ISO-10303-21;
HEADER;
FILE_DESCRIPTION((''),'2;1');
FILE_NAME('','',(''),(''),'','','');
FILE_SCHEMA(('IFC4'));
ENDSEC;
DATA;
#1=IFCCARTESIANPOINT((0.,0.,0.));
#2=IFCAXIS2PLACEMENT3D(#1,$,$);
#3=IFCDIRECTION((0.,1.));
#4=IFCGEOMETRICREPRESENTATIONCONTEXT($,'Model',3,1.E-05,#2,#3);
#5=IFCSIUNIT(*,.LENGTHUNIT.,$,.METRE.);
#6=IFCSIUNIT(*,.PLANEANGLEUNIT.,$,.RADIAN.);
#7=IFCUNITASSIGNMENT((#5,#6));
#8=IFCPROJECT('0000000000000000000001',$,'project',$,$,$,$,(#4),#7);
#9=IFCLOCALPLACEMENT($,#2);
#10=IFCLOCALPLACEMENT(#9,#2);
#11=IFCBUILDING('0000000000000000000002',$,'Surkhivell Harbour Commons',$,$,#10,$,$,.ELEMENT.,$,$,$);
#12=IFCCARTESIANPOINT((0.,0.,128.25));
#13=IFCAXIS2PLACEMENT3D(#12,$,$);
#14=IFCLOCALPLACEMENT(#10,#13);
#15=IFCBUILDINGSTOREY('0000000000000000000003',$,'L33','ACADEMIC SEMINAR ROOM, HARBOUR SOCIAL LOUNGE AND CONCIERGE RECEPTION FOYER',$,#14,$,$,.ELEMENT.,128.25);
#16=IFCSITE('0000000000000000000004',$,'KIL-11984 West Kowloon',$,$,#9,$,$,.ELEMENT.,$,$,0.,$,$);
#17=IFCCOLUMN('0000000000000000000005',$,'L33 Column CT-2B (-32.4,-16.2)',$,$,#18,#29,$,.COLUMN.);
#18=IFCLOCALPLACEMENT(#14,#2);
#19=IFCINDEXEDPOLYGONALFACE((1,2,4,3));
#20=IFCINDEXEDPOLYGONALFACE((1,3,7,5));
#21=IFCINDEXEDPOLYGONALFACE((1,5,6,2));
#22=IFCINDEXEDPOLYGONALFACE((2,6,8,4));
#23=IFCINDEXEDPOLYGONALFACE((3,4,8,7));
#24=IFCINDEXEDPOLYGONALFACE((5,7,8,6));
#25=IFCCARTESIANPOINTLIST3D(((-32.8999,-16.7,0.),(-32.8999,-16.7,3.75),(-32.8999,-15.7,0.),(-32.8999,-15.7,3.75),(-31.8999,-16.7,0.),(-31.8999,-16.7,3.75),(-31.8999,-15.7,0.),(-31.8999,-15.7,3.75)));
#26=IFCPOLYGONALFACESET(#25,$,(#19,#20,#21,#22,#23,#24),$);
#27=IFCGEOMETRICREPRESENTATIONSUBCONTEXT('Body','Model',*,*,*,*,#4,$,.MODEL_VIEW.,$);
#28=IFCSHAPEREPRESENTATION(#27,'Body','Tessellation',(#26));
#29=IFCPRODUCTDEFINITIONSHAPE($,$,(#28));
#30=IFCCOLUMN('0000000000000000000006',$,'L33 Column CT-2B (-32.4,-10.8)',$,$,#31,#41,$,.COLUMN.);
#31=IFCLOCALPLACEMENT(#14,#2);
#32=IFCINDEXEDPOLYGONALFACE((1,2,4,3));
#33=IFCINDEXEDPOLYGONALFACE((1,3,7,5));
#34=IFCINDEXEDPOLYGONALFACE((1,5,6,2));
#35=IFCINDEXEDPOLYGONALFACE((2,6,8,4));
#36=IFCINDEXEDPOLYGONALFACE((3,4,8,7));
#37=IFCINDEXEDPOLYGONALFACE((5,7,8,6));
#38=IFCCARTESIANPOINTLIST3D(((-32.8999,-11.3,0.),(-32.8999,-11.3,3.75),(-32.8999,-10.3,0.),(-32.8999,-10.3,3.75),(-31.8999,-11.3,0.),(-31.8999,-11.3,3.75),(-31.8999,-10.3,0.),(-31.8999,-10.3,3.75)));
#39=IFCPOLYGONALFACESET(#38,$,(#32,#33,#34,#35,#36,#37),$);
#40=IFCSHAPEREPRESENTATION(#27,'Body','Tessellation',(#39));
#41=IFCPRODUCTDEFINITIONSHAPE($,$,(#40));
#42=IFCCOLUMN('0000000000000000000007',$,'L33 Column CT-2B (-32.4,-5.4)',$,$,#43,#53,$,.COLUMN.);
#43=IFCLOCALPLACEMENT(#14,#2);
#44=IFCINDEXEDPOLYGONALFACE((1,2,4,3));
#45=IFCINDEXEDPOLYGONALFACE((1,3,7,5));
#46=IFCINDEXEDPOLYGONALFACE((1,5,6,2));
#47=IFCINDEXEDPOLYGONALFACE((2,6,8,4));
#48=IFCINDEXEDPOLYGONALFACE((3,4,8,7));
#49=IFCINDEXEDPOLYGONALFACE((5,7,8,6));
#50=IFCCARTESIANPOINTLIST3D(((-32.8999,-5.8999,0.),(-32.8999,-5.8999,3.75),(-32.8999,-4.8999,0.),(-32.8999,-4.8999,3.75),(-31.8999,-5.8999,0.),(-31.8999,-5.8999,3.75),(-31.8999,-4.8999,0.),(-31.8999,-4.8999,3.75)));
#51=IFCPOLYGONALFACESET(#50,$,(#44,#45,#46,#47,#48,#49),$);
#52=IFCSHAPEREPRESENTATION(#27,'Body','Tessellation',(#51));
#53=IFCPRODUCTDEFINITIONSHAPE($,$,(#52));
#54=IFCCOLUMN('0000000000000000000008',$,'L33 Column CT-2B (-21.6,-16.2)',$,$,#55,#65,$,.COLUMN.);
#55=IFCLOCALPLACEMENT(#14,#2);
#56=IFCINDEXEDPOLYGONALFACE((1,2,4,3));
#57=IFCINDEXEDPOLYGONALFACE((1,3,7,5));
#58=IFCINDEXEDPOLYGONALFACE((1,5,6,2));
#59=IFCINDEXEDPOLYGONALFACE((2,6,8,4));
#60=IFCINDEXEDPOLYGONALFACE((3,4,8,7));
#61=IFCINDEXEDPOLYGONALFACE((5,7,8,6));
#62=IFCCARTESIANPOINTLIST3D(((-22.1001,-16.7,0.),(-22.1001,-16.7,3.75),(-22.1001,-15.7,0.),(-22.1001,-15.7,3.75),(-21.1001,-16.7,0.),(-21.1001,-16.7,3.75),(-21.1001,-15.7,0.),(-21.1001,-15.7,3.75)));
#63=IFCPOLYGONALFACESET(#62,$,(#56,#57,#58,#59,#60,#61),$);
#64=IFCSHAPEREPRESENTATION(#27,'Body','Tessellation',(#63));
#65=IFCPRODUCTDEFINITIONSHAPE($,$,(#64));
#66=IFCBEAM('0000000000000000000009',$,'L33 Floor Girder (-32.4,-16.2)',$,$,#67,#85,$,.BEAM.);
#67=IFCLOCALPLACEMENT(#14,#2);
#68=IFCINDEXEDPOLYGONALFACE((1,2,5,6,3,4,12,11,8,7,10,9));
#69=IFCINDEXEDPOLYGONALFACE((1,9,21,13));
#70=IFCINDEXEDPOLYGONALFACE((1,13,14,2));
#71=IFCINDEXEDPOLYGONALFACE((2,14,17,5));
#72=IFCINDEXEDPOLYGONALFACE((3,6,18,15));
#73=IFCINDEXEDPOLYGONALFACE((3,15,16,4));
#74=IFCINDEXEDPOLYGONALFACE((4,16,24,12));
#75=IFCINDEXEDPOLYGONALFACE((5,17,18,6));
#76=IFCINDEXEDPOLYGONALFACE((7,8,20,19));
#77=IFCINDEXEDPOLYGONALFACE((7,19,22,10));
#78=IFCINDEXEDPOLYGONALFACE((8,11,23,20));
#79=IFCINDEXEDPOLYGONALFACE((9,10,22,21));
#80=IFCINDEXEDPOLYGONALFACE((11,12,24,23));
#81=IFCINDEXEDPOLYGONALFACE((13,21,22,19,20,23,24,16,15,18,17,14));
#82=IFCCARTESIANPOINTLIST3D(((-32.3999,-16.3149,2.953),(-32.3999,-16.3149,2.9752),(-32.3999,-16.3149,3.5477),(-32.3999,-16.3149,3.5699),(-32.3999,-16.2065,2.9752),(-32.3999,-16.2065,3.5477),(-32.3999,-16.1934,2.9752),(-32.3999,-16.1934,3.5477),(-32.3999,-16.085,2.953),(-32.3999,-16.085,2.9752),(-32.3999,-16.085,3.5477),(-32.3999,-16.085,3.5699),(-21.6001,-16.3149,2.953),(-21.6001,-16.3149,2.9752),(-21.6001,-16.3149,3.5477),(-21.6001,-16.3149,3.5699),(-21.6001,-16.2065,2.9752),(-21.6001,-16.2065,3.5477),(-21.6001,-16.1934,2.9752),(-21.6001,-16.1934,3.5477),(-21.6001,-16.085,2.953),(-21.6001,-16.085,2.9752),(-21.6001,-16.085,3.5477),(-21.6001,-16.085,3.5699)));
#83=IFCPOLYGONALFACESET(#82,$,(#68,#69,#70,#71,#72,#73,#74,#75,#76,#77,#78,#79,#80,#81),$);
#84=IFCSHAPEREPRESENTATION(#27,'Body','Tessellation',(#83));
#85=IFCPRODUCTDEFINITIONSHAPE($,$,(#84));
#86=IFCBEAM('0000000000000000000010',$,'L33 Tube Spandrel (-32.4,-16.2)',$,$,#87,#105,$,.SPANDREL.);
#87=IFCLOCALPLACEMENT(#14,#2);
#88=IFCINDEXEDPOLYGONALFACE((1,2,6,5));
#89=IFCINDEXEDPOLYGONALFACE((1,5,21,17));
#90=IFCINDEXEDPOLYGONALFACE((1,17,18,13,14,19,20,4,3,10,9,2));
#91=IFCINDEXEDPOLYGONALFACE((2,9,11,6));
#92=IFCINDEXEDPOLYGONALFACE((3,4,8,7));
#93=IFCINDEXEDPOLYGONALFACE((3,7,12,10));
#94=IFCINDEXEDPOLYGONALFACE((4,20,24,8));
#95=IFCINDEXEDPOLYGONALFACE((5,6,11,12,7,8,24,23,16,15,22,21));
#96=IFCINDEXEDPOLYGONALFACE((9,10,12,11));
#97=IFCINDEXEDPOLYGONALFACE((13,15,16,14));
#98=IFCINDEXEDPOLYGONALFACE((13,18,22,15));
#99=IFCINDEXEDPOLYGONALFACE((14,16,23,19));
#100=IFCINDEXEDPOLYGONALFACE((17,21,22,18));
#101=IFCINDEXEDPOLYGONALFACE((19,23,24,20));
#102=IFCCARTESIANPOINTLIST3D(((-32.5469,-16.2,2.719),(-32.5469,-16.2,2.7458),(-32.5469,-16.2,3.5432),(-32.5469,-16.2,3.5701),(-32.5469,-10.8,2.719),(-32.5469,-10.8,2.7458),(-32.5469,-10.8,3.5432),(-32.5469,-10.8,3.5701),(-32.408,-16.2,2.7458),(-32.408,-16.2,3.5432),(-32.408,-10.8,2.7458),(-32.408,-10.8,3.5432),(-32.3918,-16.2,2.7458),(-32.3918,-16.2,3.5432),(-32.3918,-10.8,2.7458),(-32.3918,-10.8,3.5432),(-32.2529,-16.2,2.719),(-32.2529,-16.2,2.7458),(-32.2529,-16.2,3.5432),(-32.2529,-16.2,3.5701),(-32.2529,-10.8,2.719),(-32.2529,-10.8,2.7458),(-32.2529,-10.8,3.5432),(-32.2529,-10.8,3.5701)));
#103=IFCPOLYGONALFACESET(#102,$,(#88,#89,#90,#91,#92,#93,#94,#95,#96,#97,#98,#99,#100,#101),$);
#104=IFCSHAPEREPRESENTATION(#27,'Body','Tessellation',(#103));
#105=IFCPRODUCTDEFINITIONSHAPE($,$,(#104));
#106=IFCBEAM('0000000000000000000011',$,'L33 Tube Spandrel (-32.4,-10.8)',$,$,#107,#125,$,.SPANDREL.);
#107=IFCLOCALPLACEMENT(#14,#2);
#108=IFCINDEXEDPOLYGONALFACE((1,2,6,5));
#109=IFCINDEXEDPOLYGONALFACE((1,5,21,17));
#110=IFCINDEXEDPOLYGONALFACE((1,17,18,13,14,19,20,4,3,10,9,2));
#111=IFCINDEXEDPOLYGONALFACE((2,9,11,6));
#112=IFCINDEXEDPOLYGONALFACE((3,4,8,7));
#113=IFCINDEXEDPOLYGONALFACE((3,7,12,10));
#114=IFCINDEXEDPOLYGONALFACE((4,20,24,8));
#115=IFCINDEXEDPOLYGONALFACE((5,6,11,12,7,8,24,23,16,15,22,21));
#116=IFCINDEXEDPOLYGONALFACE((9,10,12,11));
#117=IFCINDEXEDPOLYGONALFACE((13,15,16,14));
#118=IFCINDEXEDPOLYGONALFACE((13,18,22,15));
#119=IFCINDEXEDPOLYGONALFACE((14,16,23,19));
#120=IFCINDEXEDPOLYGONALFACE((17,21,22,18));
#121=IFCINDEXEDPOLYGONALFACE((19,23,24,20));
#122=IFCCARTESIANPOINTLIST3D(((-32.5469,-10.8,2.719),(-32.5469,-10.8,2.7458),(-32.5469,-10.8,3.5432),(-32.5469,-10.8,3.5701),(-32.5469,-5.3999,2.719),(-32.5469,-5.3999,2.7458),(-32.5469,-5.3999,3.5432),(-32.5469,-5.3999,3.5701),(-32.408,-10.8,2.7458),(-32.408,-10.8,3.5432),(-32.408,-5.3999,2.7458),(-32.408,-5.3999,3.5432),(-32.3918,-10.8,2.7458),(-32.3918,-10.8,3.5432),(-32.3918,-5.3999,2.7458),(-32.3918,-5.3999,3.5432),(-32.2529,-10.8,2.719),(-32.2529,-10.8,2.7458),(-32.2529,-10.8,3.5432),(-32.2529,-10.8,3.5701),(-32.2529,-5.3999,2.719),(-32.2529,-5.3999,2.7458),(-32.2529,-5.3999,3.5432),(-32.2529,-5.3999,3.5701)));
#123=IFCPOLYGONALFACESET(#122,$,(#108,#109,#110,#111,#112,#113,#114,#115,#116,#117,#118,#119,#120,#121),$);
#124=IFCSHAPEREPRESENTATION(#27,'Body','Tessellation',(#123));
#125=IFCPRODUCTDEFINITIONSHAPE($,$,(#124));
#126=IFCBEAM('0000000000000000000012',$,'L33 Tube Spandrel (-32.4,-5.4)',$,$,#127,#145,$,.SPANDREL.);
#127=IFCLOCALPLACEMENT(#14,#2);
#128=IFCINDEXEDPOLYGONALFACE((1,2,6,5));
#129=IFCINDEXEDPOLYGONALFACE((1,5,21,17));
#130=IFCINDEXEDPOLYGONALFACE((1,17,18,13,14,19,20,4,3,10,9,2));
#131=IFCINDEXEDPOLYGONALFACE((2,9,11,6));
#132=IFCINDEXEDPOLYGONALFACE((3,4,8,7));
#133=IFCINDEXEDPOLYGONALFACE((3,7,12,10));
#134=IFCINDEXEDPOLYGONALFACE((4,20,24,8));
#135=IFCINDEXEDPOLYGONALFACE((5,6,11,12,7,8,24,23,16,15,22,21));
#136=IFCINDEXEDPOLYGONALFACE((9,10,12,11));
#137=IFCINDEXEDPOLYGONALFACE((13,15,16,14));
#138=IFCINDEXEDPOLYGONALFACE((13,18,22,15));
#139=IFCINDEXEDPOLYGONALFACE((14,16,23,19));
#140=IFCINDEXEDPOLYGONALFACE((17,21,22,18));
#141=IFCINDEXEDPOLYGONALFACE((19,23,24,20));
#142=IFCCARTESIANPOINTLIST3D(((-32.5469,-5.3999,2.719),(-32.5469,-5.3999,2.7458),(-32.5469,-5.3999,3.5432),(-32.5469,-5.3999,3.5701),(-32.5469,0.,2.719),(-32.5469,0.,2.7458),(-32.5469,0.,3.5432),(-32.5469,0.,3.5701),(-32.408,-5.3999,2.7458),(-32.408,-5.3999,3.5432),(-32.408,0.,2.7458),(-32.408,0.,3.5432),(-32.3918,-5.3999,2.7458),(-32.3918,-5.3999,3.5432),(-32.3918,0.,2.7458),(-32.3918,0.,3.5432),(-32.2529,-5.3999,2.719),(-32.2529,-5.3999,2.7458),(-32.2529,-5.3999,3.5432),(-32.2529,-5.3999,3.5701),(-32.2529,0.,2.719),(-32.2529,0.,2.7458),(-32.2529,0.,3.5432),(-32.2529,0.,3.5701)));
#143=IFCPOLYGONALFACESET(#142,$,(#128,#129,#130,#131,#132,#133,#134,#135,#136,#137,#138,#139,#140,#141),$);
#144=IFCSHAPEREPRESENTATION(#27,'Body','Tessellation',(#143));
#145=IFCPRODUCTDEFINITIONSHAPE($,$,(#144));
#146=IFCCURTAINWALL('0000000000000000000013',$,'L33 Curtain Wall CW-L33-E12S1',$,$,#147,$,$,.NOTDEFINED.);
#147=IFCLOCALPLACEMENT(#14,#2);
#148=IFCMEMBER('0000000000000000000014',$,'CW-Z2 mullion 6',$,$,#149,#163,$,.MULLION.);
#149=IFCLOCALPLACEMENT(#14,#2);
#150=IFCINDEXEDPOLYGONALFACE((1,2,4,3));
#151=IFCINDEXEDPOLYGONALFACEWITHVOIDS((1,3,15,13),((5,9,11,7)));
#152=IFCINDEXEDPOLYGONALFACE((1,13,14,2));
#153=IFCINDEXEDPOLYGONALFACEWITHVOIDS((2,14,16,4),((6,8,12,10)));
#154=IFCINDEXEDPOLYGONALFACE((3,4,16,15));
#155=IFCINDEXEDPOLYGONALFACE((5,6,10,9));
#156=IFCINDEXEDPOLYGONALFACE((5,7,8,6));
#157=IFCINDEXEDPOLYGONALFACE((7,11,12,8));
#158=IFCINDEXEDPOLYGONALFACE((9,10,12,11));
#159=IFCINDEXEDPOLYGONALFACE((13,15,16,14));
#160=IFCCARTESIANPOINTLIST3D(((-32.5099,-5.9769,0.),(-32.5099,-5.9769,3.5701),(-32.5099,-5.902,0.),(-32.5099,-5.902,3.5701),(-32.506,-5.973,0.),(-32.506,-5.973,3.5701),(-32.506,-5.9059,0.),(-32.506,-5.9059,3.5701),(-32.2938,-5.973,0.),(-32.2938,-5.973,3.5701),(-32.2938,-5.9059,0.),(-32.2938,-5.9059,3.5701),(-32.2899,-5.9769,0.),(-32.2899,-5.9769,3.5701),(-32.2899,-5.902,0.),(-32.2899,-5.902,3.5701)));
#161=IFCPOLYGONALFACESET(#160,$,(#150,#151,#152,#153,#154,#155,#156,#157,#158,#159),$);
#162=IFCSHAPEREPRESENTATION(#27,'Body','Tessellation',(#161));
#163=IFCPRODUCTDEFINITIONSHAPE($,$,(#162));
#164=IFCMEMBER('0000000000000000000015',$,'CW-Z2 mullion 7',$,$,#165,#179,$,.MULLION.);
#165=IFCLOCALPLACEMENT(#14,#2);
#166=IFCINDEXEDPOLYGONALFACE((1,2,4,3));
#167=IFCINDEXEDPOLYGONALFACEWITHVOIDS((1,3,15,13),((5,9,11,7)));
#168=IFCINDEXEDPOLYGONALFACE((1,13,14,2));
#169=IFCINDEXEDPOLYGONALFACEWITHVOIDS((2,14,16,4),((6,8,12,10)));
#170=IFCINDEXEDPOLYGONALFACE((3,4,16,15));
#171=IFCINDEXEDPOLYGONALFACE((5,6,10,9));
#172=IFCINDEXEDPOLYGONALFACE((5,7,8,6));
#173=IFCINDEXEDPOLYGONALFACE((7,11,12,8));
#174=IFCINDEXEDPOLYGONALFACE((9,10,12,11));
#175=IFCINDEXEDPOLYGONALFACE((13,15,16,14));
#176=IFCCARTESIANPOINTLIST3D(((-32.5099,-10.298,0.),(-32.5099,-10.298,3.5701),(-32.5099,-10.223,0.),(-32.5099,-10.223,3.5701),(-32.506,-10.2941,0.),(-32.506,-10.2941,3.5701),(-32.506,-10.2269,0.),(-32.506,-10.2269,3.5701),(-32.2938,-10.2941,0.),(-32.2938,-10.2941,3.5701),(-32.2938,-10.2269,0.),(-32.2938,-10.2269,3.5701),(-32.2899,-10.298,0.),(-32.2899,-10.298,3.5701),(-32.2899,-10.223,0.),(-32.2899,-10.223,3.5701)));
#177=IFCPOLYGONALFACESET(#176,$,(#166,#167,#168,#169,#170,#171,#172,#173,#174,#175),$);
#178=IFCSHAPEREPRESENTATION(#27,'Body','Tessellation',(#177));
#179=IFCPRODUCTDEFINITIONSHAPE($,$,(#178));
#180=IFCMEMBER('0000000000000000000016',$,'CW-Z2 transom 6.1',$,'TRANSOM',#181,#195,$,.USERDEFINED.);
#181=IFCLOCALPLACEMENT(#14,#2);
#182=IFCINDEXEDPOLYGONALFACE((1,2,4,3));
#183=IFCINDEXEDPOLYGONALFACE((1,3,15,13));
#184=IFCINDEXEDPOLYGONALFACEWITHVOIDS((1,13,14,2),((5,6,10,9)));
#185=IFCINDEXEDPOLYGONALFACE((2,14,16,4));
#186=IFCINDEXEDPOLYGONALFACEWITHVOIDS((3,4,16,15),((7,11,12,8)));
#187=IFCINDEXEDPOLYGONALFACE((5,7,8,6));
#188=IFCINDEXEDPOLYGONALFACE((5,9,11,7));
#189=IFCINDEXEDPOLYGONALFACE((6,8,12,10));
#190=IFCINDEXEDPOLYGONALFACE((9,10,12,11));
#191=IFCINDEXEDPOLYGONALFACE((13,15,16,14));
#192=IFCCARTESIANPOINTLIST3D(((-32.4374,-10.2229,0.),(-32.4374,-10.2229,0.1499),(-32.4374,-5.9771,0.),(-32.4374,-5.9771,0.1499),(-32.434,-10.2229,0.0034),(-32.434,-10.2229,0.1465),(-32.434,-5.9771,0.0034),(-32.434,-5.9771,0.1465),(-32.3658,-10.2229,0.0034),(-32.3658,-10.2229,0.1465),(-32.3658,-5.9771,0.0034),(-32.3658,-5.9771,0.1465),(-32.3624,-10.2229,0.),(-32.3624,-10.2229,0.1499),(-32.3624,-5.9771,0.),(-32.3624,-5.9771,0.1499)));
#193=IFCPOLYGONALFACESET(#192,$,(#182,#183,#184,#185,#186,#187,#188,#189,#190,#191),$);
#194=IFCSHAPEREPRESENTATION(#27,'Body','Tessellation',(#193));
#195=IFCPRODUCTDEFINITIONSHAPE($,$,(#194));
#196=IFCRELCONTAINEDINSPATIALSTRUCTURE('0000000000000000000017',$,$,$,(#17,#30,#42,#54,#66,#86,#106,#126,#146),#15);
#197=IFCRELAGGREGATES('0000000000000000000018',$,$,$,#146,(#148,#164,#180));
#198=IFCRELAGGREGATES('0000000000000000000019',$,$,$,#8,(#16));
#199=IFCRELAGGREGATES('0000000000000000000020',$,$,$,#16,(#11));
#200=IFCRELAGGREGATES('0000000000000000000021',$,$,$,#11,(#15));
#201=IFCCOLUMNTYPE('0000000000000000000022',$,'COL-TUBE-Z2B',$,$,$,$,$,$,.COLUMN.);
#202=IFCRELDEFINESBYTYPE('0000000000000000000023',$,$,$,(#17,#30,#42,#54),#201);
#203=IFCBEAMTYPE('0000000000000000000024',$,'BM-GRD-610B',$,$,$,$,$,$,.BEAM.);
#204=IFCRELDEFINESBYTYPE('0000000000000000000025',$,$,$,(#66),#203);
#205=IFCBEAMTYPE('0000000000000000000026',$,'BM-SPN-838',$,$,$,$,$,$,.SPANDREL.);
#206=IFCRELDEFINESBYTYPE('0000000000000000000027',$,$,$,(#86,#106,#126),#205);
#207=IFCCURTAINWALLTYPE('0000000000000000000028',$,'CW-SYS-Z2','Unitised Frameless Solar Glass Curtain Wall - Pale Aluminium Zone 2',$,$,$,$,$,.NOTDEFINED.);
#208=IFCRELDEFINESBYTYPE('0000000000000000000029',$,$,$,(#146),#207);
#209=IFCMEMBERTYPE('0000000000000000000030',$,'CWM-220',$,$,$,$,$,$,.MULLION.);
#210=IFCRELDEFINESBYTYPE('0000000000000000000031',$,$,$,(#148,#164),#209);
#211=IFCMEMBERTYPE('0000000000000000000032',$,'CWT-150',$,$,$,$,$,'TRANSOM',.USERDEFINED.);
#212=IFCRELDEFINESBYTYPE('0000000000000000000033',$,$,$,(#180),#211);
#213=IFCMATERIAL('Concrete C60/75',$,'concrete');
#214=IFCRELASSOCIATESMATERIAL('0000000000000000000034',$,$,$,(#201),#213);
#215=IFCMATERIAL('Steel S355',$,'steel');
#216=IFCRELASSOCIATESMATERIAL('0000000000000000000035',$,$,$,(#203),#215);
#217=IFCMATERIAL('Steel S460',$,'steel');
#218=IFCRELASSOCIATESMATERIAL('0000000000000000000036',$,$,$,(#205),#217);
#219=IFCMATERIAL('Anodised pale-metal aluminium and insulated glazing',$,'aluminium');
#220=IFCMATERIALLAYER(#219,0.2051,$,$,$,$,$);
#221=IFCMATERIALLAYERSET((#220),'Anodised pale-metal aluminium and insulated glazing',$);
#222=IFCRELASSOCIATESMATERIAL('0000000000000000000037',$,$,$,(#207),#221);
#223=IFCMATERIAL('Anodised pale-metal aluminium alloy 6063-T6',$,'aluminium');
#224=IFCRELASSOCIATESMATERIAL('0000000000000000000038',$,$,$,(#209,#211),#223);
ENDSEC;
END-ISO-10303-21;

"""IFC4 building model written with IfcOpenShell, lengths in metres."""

from ifc_helpers import new_model, si_unit, direction, frame, origin, origin_2d, place, context, subcontext, project, spatial, rectangle, hollow_rectangle, i_section, extrude, material, layer, layer_set, material_profile, profile_set, type_object, element, aggregate, save


model = new_model("IFC4")

# Units and contexts
model_context = context("Model", 3, precision=1e-05, world=origin(), true_north=direction((0.0, 1.0)))
body_context = subcontext(model_context, "Body", "Model", "MODEL_VIEW")
ifc_project = project(units=[si_unit("LENGTHUNIT", "METRE"), si_unit("PLANEANGLEUNIT", "RADIAN")], contexts=[model_context])

# Site, building, storey
site_placement = place(None, origin())
site = spatial("IfcSite", under=ifc_project, at=site_placement, Name="KIL-11984 West Kowloon", CompositionType="ELEMENT", RefElevation=0.0)
building_placement = place(site_placement, origin())
building = spatial("IfcBuilding", under=site, at=building_placement, Name="Surkhivell Harbour Commons", CompositionType="ELEMENT")
storey_placement = place(building_placement, frame((0.0, 0.0, 128.25)))
storey = spatial("IfcBuildingStorey", under=building, at=storey_placement, Name="L33", Description="ACADEMIC SEMINAR ROOM, HARBOUR SOCIAL LOUNGE AND CONCIERGE RECEPTION FOYER", CompositionType="ELEMENT", Elevation=128.25)

# Columns
ifc_material_1 = material(Name="Concrete C60/75", Category="concrete")
ifc_material_profile_1 = material_profile(ifc_material_1, rectangle(XDim=1.0, YDim=1.0, at=origin_2d()), Name="RC-COL-1000x1000")
ifc_profile_set_1 = profile_set([ifc_material_profile_1], Name="Concrete C60/75")
column_type = type_object("IfcColumnType", Name="COL-TUBE-Z2B", PredefinedType="COLUMN", material=ifc_profile_set_1)
for number, where, z_axis, x_axis, name in (
    (1, (-32.3999, -16.2, 0.0), (0.0, 0.0, 1.0), (1.0, 0.0, 0.0), "L33 Column CT-2B (-32.4,-16.2)"),
    (2, (-32.3999, -10.8, 0.0), (0.0, 0.0, 1.0), (1.0, 0.0, 0.0), "L33 Column CT-2B (-32.4,-10.8)"),
    (3, (-32.3999, -5.3999, 0.0), (0.0, 0.0, 1.0), (1.0, 0.0, 0.0), "L33 Column CT-2B (-32.4,-5.4)"),
    (4, (-21.6001, -16.2, 0.0), (0.0, 0.0, 1.0), (1.0, 0.0, 0.0), "L33 Column CT-2B (-21.6,-16.2)"),
):
    element("IfcColumn", number, at=place(storey_placement, frame(where, z_axis=z_axis, x_axis=x_axis)), inside=storey, type_object=column_type, Name=name, PredefinedType="COLUMN", context=body_context, shape_type="SweptSolid", body=[
        extrude(rectangle(XDim=1.0, YDim=1.0, at=origin_2d()), origin(), (0.0, 0.0, 1.0), 3.75),
    ])

# Beams
ifc_material_2 = material(Name="Steel S355", Category="steel")
ifc_material_profile_2 = material_profile(ifc_material_2, i_section(OverallWidth=0.23, OverallDepth=0.6169, WebThickness=0.0132, FlangeThickness=0.0222, at=origin_2d()), Name="UB610x229x140")
ifc_profile_set_2 = profile_set([ifc_material_profile_2], Name="Steel S355")
beam_type_1 = type_object("IfcBeamType", Name="BM-GRD-610B", PredefinedType="BEAM", material=ifc_profile_set_2)
beam_1_placement = place(storey_placement, frame((-32.3999, -16.2, 3.2615), z_axis=(1.0, 0.0, 0.0), x_axis=(0.0, 1.0, 0.0)))
element("IfcBeam", 5, at=beam_1_placement, inside=storey, type_object=beam_type_1, Name="L33 Floor Girder (-32.4,-16.2)", PredefinedType="BEAM", context=body_context, shape_type="SweptSolid", body=[
    extrude(i_section(OverallWidth=0.23, OverallDepth=0.6169, WebThickness=0.0132, FlangeThickness=0.0222, at=origin_2d()), origin(), (0.0, 0.0, 1.0), 10.7998),
])
ifc_material_3 = material(Name="Steel S460", Category="steel")
ifc_material_profile_3 = material_profile(ifc_material_3, i_section(OverallWidth=0.2939, OverallDepth=0.8511, WebThickness=0.0161, FlangeThickness=0.0269, at=origin_2d()), Name="UB838x292x226")
ifc_profile_set_3 = profile_set([ifc_material_profile_3], Name="Steel S460")
beam_type_2 = type_object("IfcBeamType", Name="BM-SPN-838", PredefinedType="SPANDREL", material=ifc_profile_set_3)
beam_2_placement = place(storey_placement, frame((-32.3999, -16.2, 3.1445), z_axis=(0.0, 1.0, 0.0), x_axis=(-1.0, 0.0, 0.0)))
element("IfcBeam", 6, at=beam_2_placement, inside=storey, type_object=beam_type_2, Name="L33 Tube Spandrel (-32.4,-16.2)", PredefinedType="SPANDREL", context=body_context, shape_type="SweptSolid", body=[
    extrude(i_section(OverallWidth=0.2939, OverallDepth=0.8511, WebThickness=0.0161, FlangeThickness=0.0269, at=origin_2d()), origin(), (0.0, 0.0, 1.0), 5.3999),
])
beam_3_placement = place(storey_placement, frame((-32.3999, -10.8, 3.1445), z_axis=(0.0, 1.0, 0.0), x_axis=(-1.0, 0.0, 0.0)))
element("IfcBeam", 7, at=beam_3_placement, inside=storey, type_object=beam_type_2, Name="L33 Tube Spandrel (-32.4,-10.8)", PredefinedType="SPANDREL", context=body_context, shape_type="SweptSolid", body=[
    extrude(i_section(OverallWidth=0.2939, OverallDepth=0.8511, WebThickness=0.0161, FlangeThickness=0.0269, at=origin_2d()), origin(), (0.0, 0.0, 1.0), 5.4001),
])
beam_4_placement = place(storey_placement, frame((-32.3999, -5.3999, 3.1445), z_axis=(0.0, 1.0, 0.0), x_axis=(-1.0, 0.0, 0.0)))
element("IfcBeam", 8, at=beam_4_placement, inside=storey, type_object=beam_type_2, Name="L33 Tube Spandrel (-32.4,-5.4)", PredefinedType="SPANDREL", context=body_context, shape_type="SweptSolid", body=[
    extrude(i_section(OverallWidth=0.2939, OverallDepth=0.8511, WebThickness=0.0161, FlangeThickness=0.0269, at=origin_2d()), origin(), (0.0, 0.0, 1.0), 5.3999),
])

# Curtain wall, members
ifc_material_4 = material(Name="Anodised pale-metal aluminium and insulated glazing", Category="aluminium")
ifc_layer_1 = layer(ifc_material_4, 0.2051)
ifc_layer_set_1 = layer_set([ifc_layer_1], Name="Anodised pale-metal aluminium and insulated glazing")
curtain_wall_type = type_object("IfcCurtainWallType", Name="CW-SYS-Z2", Description="Unitised Frameless Solar Glass Curtain Wall - Pale Aluminium Zone 2", PredefinedType="NOTDEFINED", material=ifc_layer_set_1)
curtain_wall_placement = place(storey_placement, origin())
curtain_wall = element("IfcCurtainWall", 9, at=curtain_wall_placement, inside=storey, type_object=curtain_wall_type, Name="L33 Curtain Wall CW-L33-E12S1", PredefinedType="NOTDEFINED")
ifc_material_5 = material(Name="Anodised pale-metal aluminium alloy 6063-T6", Category="aluminium")
ifc_material_profile_4 = material_profile(ifc_material_5, hollow_rectangle(XDim=0.075, YDim=0.22, WallThickness=0.0039, at=origin_2d()), Name="ALU-MULL-75x220")
ifc_profile_set_4 = profile_set([ifc_material_profile_4], Name="Anodised pale-metal aluminium alloy 6063-T6")
member_type_1 = type_object("IfcMemberType", Name="CWM-220", PredefinedType="MULLION", material=ifc_profile_set_4)
member_1_placement = place(storey_placement, frame((-32.3999, -5.9395, 0.0), z_axis=(0.0, 0.0, 1.0), x_axis=(0.0, -1.0, 0.0)))
member_1 = element("IfcMember", 10, at=member_1_placement, type_object=member_type_1, Name="CW-Z2 mullion 6", PredefinedType="MULLION", context=body_context, shape_type="SweptSolid", body=[
    extrude(hollow_rectangle(XDim=0.075, YDim=0.22, WallThickness=0.0039, at=origin_2d()), origin(), (0.0, 0.0, 1.0), 3.5701),
])
member_2_placement = place(storey_placement, frame((-32.3999, -10.2605, 0.0), z_axis=(0.0, 0.0, 1.0), x_axis=(0.0, -1.0, 0.0)))
member_2 = element("IfcMember", 11, at=member_2_placement, type_object=member_type_1, Name="CW-Z2 mullion 7", PredefinedType="MULLION", context=body_context, shape_type="SweptSolid", body=[
    extrude(hollow_rectangle(XDim=0.075, YDim=0.22, WallThickness=0.0039, at=origin_2d()), origin(), (0.0, 0.0, 1.0), 3.5701),
])
ifc_material_profile_5 = material_profile(ifc_material_5, hollow_rectangle(XDim=0.075, YDim=0.1499, WallThickness=0.0034, at=origin_2d()), Name="ALU-TRAN-75x150")
ifc_profile_set_5 = profile_set([ifc_material_profile_5], Name="Anodised pale-metal aluminium alloy 6063-T6")
member_type_2 = type_object("IfcMemberType", Name="CWT-150", ElementType="TRANSOM", PredefinedType="USERDEFINED", material=ifc_profile_set_5)
member_3_placement = place(storey_placement, frame((-32.3999, -5.9771, 0.075), z_axis=(0.0, -1.0, 0.0), x_axis=(1.0, 0.0, 0.0)))
member_3 = element("IfcMember", 12, at=member_3_placement, type_object=member_type_2, Name="CW-Z2 transom 6.1", ObjectType="TRANSOM", PredefinedType="USERDEFINED", context=body_context, shape_type="SweptSolid", body=[
    extrude(hollow_rectangle(XDim=0.075, YDim=0.1499, WallThickness=0.0034, at=origin_2d()), origin(), (0.0, 0.0, 1.0), 4.2458),
])

aggregate(curtain_wall, [member_1, member_2, member_3])

save(model, "model.ifc")
